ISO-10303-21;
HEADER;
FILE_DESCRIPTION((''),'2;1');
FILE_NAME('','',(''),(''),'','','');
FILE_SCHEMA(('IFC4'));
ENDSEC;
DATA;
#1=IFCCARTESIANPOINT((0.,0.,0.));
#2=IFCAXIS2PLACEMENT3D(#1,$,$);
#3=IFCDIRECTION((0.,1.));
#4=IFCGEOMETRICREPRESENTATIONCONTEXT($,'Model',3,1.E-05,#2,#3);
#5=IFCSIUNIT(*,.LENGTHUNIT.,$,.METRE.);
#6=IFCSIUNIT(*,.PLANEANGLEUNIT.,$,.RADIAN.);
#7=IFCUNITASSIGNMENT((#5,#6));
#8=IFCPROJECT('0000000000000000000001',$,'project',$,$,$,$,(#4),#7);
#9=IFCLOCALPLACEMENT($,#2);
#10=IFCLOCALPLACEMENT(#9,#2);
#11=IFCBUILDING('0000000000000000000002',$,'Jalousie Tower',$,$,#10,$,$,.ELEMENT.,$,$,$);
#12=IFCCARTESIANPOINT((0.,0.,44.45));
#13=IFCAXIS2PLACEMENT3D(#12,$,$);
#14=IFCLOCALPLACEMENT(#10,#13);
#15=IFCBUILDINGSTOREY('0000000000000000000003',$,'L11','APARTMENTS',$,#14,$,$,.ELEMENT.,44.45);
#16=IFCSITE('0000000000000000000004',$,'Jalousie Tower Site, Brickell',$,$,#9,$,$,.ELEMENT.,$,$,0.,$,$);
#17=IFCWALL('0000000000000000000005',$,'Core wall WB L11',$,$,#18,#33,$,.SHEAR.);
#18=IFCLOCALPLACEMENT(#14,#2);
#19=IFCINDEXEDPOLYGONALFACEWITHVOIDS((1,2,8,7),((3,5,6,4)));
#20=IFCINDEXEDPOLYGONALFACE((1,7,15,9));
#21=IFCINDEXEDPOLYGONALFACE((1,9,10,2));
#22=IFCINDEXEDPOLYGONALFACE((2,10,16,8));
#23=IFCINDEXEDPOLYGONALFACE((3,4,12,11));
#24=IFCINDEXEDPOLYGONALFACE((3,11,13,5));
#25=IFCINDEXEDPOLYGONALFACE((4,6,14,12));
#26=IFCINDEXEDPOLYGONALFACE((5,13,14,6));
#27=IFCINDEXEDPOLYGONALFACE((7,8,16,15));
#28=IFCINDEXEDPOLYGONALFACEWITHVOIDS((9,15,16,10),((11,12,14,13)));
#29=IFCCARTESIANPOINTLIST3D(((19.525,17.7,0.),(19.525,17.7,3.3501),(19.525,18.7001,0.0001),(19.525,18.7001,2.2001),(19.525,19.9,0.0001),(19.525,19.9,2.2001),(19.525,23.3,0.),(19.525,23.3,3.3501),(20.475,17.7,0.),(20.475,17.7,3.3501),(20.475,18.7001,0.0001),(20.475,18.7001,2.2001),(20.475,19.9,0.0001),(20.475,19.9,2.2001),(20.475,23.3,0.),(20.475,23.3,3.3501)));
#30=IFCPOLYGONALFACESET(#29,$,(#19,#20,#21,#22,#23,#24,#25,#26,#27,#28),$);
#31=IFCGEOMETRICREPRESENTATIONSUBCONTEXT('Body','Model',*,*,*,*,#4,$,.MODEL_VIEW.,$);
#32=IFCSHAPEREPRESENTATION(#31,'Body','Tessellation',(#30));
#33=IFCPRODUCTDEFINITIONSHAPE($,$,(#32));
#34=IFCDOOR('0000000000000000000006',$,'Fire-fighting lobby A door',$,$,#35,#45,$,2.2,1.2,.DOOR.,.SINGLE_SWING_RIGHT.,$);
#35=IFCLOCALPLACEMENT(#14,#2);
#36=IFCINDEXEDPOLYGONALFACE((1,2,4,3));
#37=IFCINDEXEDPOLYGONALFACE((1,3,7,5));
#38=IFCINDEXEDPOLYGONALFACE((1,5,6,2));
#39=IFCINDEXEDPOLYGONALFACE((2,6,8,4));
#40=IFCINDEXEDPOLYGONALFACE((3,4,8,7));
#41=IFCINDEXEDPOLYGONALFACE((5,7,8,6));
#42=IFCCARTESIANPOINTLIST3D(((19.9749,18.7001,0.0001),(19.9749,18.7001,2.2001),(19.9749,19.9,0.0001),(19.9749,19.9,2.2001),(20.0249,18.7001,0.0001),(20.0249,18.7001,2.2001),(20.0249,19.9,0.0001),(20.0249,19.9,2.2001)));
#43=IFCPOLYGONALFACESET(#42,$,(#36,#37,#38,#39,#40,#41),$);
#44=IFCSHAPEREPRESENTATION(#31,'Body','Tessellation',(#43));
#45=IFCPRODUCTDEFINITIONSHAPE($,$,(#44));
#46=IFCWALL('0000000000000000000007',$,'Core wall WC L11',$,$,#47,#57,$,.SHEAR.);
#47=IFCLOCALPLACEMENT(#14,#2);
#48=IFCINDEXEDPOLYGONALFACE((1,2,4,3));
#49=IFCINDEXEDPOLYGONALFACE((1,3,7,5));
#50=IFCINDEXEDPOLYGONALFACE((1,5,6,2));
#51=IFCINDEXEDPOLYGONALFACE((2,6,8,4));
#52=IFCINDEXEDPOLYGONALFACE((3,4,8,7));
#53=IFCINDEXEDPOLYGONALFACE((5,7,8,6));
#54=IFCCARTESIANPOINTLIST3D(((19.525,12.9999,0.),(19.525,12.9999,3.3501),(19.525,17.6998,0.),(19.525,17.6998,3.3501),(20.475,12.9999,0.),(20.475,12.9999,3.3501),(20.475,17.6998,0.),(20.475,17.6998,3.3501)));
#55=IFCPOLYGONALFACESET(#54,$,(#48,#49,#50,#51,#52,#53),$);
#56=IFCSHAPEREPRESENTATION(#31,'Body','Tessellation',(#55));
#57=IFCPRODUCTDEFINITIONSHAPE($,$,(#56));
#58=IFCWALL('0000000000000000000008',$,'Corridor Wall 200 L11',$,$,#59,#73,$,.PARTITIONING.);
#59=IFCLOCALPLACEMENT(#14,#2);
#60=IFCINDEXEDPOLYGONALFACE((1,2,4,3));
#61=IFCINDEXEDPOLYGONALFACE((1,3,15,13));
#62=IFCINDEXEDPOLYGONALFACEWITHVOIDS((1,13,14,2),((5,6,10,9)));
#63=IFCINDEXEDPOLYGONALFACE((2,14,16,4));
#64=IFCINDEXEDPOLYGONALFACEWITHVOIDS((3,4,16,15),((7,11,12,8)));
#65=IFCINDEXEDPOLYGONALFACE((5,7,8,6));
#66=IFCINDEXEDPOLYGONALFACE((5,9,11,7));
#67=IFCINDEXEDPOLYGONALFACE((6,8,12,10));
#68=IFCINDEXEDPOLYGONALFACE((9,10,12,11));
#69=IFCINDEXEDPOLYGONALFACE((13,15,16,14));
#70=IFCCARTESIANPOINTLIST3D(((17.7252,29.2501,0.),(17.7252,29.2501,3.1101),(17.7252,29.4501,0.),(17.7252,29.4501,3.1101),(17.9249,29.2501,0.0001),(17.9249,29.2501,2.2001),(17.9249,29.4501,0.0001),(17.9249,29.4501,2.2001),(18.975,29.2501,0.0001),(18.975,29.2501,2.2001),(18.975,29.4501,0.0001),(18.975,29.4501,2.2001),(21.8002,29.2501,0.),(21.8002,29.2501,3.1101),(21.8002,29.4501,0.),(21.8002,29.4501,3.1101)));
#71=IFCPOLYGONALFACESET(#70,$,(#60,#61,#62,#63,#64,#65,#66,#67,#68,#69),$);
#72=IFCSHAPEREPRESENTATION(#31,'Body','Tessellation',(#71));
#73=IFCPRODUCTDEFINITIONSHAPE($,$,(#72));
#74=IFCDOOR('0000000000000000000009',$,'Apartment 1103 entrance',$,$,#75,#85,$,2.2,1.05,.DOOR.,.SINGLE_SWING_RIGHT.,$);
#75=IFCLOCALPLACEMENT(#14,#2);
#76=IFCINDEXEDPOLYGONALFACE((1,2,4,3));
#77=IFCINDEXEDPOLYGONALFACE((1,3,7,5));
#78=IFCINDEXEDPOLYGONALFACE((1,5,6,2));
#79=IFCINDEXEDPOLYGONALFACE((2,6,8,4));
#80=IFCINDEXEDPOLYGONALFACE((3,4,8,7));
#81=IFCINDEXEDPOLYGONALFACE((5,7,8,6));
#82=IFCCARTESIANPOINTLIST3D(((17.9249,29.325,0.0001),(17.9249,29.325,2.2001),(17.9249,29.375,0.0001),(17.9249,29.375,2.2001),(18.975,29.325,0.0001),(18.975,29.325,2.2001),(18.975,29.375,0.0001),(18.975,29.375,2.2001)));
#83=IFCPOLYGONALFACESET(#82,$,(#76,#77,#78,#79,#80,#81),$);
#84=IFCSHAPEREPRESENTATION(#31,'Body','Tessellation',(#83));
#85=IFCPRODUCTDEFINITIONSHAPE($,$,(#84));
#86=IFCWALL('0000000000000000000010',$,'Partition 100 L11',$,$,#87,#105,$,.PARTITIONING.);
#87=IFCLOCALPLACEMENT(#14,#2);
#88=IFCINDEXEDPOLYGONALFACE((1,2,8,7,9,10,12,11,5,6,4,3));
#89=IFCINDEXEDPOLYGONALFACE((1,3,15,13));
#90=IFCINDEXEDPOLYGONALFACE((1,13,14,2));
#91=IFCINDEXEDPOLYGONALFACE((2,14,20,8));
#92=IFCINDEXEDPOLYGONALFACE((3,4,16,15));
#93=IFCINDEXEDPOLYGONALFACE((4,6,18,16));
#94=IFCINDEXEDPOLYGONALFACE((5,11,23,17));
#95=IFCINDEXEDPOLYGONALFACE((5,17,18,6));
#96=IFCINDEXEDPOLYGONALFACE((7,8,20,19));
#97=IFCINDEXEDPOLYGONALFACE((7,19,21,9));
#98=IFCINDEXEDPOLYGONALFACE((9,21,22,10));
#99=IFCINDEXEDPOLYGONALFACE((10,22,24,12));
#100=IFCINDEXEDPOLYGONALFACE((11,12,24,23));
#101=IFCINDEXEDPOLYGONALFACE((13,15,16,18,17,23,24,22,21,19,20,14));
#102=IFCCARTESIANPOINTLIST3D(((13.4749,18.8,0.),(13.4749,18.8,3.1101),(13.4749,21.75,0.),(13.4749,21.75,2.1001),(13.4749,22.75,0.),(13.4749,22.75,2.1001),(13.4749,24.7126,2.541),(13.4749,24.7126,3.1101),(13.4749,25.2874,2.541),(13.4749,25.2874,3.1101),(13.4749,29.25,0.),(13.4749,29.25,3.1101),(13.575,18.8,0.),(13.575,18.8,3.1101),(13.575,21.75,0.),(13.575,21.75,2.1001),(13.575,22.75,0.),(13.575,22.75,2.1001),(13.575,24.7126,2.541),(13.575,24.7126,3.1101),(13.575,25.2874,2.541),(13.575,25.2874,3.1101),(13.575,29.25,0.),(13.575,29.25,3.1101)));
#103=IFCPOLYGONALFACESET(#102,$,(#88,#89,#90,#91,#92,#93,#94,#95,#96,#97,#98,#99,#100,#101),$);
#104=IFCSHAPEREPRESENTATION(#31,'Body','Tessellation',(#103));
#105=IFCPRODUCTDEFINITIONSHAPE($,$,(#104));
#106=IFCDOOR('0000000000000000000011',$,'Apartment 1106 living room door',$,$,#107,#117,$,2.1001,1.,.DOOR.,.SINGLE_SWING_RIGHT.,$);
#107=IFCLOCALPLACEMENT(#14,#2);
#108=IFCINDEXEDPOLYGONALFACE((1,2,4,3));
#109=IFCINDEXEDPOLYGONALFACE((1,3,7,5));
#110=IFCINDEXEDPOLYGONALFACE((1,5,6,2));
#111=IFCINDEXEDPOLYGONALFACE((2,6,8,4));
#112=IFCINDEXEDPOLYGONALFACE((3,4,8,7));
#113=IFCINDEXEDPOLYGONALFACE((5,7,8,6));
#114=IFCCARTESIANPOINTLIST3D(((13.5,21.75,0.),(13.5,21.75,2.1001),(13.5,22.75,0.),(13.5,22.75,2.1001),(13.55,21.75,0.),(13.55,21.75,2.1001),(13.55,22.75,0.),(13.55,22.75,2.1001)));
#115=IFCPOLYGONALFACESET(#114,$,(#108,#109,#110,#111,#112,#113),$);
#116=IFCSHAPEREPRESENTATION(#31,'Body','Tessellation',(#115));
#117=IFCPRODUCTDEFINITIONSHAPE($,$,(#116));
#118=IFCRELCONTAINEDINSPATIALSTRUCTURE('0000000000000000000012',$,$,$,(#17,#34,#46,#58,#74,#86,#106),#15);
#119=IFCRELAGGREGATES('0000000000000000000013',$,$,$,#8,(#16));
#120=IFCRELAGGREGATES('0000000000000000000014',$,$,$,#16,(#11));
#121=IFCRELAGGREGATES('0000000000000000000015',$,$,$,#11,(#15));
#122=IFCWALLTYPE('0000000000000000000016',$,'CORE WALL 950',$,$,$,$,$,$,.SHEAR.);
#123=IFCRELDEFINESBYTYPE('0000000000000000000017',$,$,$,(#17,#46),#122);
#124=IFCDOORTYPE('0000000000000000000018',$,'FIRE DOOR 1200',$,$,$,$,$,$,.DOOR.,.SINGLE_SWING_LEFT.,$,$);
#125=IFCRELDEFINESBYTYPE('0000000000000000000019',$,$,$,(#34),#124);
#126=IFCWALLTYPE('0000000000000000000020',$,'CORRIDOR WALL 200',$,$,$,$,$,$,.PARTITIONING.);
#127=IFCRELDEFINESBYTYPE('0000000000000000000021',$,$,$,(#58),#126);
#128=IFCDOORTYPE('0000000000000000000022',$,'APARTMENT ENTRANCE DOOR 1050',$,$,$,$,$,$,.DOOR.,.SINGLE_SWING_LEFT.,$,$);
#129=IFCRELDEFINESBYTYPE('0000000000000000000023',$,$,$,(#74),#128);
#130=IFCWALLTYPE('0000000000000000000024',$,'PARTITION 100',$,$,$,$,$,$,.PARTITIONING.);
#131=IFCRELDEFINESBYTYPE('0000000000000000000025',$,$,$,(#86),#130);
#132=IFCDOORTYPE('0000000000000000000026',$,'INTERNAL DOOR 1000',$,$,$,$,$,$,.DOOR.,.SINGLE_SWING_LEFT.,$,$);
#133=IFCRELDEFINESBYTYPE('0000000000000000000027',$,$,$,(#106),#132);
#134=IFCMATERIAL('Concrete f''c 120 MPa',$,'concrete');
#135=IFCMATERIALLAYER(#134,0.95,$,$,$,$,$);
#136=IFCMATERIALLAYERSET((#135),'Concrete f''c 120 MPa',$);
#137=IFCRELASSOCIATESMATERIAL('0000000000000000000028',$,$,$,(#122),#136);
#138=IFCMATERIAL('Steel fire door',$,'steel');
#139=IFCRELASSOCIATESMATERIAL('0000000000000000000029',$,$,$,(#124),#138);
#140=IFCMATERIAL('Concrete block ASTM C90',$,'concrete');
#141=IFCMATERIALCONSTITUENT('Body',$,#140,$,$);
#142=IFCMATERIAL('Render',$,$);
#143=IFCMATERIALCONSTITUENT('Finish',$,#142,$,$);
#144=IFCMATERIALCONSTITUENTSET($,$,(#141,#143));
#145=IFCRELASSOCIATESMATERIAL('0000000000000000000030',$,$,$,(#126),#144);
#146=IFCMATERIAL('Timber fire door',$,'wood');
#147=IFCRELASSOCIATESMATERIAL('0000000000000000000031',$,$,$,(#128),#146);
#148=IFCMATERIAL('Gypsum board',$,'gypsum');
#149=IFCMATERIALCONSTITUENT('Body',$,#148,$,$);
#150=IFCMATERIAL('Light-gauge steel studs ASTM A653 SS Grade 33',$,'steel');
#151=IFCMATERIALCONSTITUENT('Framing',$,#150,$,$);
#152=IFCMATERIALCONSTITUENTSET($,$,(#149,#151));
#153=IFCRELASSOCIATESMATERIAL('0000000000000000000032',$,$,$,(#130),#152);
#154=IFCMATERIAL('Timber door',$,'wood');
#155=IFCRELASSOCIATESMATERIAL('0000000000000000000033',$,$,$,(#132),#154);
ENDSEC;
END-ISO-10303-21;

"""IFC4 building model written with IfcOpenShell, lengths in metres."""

from ifc_helpers import new_model, si_unit, direction, frame, frame_2d, origin, place, context, subcontext, project, spatial, polyline, rectangle, outline, extrude, material, layer, layer_set, constituent, constituent_set, type_object, element, fill, save


model = new_model("IFC4")

# Units and contexts
model_context = context("Model", 3, precision=1e-05, world=origin(), true_north=direction((0.0, 1.0)))
body_context = subcontext(model_context, "Body", "Model", "MODEL_VIEW")
ifc_project = project(units=[si_unit("LENGTHUNIT", "METRE"), si_unit("PLANEANGLEUNIT", "RADIAN")], contexts=[model_context])

# Site, building, storey
site_placement = place(None, origin())
site = spatial("IfcSite", under=ifc_project, at=site_placement, Name="Jalousie Tower Site, Brickell", CompositionType="ELEMENT", RefElevation=0.0)
building_placement = place(site_placement, origin())
building = spatial("IfcBuilding", under=site, at=building_placement, Name="Jalousie Tower", CompositionType="ELEMENT")
storey_placement = place(building_placement, frame((0.0, 0.0, 44.45)))
storey = spatial("IfcBuildingStorey", under=building, at=storey_placement, Name="L11", Description="APARTMENTS", CompositionType="ELEMENT", Elevation=44.45)

# Shared definitions
ifc_material_1 = material(Name="Concrete f'c 120 MPa", Category="concrete")
ifc_layer_1 = layer(ifc_material_1, 0.95)
ifc_layer_set_1 = layer_set([ifc_layer_1], Name="Concrete f'c 120 MPa")
wall_type_1 = type_object("IfcWallType", Name="CORE WALL 950", PredefinedType="SHEAR", material=ifc_layer_set_1)

# Wall, opening, door
wall_1_placement = place(storey_placement, frame((20.0, 23.3, 0.0), z_axis=(0.0, 0.0, 1.0), x_axis=(0.0, -1.0, 0.0)))
wall_1 = element("IfcWall", 1, at=wall_1_placement, inside=storey, type_object=wall_type_1, Name="Core wall WB L11", PredefinedType="SHEAR", context=body_context, shape_type="SweptSolid", body=[
    extrude(rectangle(XDim=5.6001, YDim=0.95, at=frame_2d((2.8, 0.0))), origin(), (0.0, 0.0, 1.0), 3.3501),
])
opening_1_placement = place(wall_1_placement, frame((3.3999, 0.0, 0.0)))
opening_1 = element("IfcOpeningElement", 2, at=opening_1_placement, cuts=wall_1, PredefinedType="OPENING", context=body_context, shape_type="SweptSolid", body=[
    extrude(rectangle(XDim=1.2, YDim=2.2, at=frame_2d((0.6001, 1.1001))), frame((0.0, 0.4849, 0.0), z_axis=(0.0, -1.0, 0.0), x_axis=(1.0, 0.0, 0.0)), (0.0, 0.0, 1.0), 0.97),
])
ifc_material_2 = material(Name="Steel fire door", Category="steel")
door_type_1 = type_object("IfcDoorType", Name="FIRE DOOR 1200", OperationType="SINGLE_SWING_LEFT", PredefinedType="DOOR", material=ifc_material_2)
door_1_placement = place(opening_1_placement, origin())
door_1 = element("IfcDoor", 3, at=door_1_placement, inside=storey, type_object=door_type_1, Name="Fire-fighting lobby A door", OperationType="SINGLE_SWING_RIGHT", OverallHeight=2.2, OverallWidth=1.2, PredefinedType="DOOR", context=body_context, shape_type="SweptSolid", body=[
    extrude(rectangle(XDim=1.2, YDim=2.2, at=frame_2d((0.6001, 1.1001))), frame((0.0, 0.0249, 0.0), z_axis=(0.0, -1.0, 0.0), x_axis=(1.0, 0.0, 0.0)), (0.0, 0.0, 1.0), 0.05),
])
fill(opening_1, door_1)

# Wall
wall_2_placement = place(storey_placement, frame((20.0, 17.7, 0.0), z_axis=(0.0, 0.0, 1.0), x_axis=(0.0, -1.0, 0.0)))
element("IfcWall", 4, at=wall_2_placement, inside=storey, type_object=wall_type_1, Name="Core wall WC L11", PredefinedType="SHEAR", context=body_context, shape_type="SweptSolid", body=[
    extrude(rectangle(XDim=4.7, YDim=0.95, at=frame_2d((2.3501, 0.0))), origin(), (0.0, 0.0, 1.0), 3.3501),
])

# Walls, openings, doors
ifc_material_3 = material(Name="Concrete block ASTM C90", Category="concrete")
ifc_constituent_1 = constituent(ifc_material_3, Name="Body")
ifc_material_4 = material(Name="Render")
ifc_constituent_2 = constituent(ifc_material_4, Name="Finish")
ifc_constituent_set_1 = constituent_set(constituents=[ifc_constituent_1, ifc_constituent_2])
wall_type_2 = type_object("IfcWallType", Name="CORRIDOR WALL 200", PredefinedType="PARTITIONING", material=ifc_constituent_set_1)
wall_3_placement = place(storey_placement, frame((17.7251, 29.3501, 0.0), z_axis=(0.0, 0.0, 1.0), x_axis=(1.0, 0.0, 0.0)))
wall_3 = element("IfcWall", 5, at=wall_3_placement, inside=storey, type_object=wall_type_2, Name="Corridor Wall 200 L11", PredefinedType="PARTITIONING", context=body_context, shape_type="SweptSolid", body=[
    extrude(rectangle(XDim=4.075, YDim=0.2, at=frame_2d((2.0376, 0.0))), origin(), (0.0, 0.0, 1.0), 3.1101),
])
opening_2_placement = place(wall_3_placement, frame((0.2, 0.0, 0.0)))
opening_2 = element("IfcOpeningElement", 6, at=opening_2_placement, cuts=wall_3, PredefinedType="OPENING", context=body_context, shape_type="SweptSolid", body=[
    extrude(rectangle(XDim=1.05, YDim=2.2, at=frame_2d((0.5249, 1.1001))), frame((0.0, 0.1099, 0.0), z_axis=(0.0, -1.0, 0.0), x_axis=(1.0, 0.0, 0.0)), (0.0, 0.0, 1.0), 0.22),
])
ifc_material_5 = material(Name="Timber fire door", Category="wood")
door_type_2 = type_object("IfcDoorType", Name="APARTMENT ENTRANCE DOOR 1050", OperationType="SINGLE_SWING_LEFT", PredefinedType="DOOR", material=ifc_material_5)
door_2_placement = place(opening_2_placement, origin())
door_2 = element("IfcDoor", 7, at=door_2_placement, inside=storey, type_object=door_type_2, Name="Apartment 1103 entrance", OperationType="SINGLE_SWING_RIGHT", OverallHeight=2.2, OverallWidth=1.05, PredefinedType="DOOR", context=body_context, shape_type="SweptSolid", body=[
    extrude(rectangle(XDim=1.05, YDim=2.2, at=frame_2d((0.5249, 1.1001))), frame((0.0, 0.0249, 0.0), z_axis=(0.0, -1.0, 0.0), x_axis=(1.0, 0.0, 0.0)), (0.0, 0.0, 1.0), 0.05),
])
fill(opening_2, door_2)
ifc_material_6 = material(Name="Gypsum board", Category="gypsum")
ifc_constituent_3 = constituent(ifc_material_6, Name="Body")
ifc_material_7 = material(Name="Light-gauge steel studs ASTM A653 SS Grade 33", Category="steel")
ifc_constituent_4 = constituent(ifc_material_7, Name="Framing")
ifc_constituent_set_2 = constituent_set(constituents=[ifc_constituent_3, ifc_constituent_4])
wall_type_3 = type_object("IfcWallType", Name="PARTITION 100", PredefinedType="PARTITIONING", material=ifc_constituent_set_2)
wall_4_placement = place(storey_placement, frame((13.5249, 18.8, 0.0), z_axis=(0.0, 0.0, 1.0), x_axis=(0.0, 1.0, 0.0)))
wall_4 = element("IfcWall", 8, at=wall_4_placement, inside=storey, type_object=wall_type_3, Name="Partition 100 L11", PredefinedType="PARTITIONING", context=body_context, shape_type="SweptSolid", body=[
    extrude(outline(polyline([(0.0, 0.0), (10.45, 0.0), (10.45, 3.1101), (6.4873, 3.1101), (6.4873, 2.541), (5.9126, 2.541), (5.9126, 3.1101), (0.0, 3.1101), (0.0, 0.0)])), frame((0.0, 0.05, 0.0), z_axis=(0.0, -1.0, 0.0), x_axis=(1.0, 0.0, 0.0)), (0.0, 0.0, 1.0), 0.1001),
])
opening_3_placement = place(wall_4_placement, frame((2.95, 0.0, 0.0)))
opening_3 = element("IfcOpeningElement", 9, at=opening_3_placement, cuts=wall_4, PredefinedType="OPENING", context=body_context, shape_type="SweptSolid", body=[
    extrude(rectangle(XDim=1.0, YDim=2.1001, at=frame_2d((0.5, 1.05))), frame((0.0, 0.0601, 0.0), z_axis=(0.0, -1.0, 0.0), x_axis=(1.0, 0.0, 0.0)), (0.0, 0.0, 1.0), 0.1201),
])
ifc_material_8 = material(Name="Timber door", Category="wood")
door_type_3 = type_object("IfcDoorType", Name="INTERNAL DOOR 1000", OperationType="SINGLE_SWING_LEFT", PredefinedType="DOOR", material=ifc_material_8)
door_3_placement = place(opening_3_placement, origin())
door_3 = element("IfcDoor", 10, at=door_3_placement, inside=storey, type_object=door_type_3, Name="Apartment 1106 living room door", OperationType="SINGLE_SWING_RIGHT", OverallHeight=2.1001, OverallWidth=1.0, PredefinedType="DOOR", context=body_context, shape_type="SweptSolid", body=[
    extrude(rectangle(XDim=1.0, YDim=2.1001, at=frame_2d((0.5, 1.05))), frame((0.0, 0.0249, 0.0), z_axis=(0.0, -1.0, 0.0), x_axis=(1.0, 0.0, 0.0)), (0.0, 0.0, 1.0), 0.05),
])
fill(opening_3, door_3)

save(model, "model.ifc")
